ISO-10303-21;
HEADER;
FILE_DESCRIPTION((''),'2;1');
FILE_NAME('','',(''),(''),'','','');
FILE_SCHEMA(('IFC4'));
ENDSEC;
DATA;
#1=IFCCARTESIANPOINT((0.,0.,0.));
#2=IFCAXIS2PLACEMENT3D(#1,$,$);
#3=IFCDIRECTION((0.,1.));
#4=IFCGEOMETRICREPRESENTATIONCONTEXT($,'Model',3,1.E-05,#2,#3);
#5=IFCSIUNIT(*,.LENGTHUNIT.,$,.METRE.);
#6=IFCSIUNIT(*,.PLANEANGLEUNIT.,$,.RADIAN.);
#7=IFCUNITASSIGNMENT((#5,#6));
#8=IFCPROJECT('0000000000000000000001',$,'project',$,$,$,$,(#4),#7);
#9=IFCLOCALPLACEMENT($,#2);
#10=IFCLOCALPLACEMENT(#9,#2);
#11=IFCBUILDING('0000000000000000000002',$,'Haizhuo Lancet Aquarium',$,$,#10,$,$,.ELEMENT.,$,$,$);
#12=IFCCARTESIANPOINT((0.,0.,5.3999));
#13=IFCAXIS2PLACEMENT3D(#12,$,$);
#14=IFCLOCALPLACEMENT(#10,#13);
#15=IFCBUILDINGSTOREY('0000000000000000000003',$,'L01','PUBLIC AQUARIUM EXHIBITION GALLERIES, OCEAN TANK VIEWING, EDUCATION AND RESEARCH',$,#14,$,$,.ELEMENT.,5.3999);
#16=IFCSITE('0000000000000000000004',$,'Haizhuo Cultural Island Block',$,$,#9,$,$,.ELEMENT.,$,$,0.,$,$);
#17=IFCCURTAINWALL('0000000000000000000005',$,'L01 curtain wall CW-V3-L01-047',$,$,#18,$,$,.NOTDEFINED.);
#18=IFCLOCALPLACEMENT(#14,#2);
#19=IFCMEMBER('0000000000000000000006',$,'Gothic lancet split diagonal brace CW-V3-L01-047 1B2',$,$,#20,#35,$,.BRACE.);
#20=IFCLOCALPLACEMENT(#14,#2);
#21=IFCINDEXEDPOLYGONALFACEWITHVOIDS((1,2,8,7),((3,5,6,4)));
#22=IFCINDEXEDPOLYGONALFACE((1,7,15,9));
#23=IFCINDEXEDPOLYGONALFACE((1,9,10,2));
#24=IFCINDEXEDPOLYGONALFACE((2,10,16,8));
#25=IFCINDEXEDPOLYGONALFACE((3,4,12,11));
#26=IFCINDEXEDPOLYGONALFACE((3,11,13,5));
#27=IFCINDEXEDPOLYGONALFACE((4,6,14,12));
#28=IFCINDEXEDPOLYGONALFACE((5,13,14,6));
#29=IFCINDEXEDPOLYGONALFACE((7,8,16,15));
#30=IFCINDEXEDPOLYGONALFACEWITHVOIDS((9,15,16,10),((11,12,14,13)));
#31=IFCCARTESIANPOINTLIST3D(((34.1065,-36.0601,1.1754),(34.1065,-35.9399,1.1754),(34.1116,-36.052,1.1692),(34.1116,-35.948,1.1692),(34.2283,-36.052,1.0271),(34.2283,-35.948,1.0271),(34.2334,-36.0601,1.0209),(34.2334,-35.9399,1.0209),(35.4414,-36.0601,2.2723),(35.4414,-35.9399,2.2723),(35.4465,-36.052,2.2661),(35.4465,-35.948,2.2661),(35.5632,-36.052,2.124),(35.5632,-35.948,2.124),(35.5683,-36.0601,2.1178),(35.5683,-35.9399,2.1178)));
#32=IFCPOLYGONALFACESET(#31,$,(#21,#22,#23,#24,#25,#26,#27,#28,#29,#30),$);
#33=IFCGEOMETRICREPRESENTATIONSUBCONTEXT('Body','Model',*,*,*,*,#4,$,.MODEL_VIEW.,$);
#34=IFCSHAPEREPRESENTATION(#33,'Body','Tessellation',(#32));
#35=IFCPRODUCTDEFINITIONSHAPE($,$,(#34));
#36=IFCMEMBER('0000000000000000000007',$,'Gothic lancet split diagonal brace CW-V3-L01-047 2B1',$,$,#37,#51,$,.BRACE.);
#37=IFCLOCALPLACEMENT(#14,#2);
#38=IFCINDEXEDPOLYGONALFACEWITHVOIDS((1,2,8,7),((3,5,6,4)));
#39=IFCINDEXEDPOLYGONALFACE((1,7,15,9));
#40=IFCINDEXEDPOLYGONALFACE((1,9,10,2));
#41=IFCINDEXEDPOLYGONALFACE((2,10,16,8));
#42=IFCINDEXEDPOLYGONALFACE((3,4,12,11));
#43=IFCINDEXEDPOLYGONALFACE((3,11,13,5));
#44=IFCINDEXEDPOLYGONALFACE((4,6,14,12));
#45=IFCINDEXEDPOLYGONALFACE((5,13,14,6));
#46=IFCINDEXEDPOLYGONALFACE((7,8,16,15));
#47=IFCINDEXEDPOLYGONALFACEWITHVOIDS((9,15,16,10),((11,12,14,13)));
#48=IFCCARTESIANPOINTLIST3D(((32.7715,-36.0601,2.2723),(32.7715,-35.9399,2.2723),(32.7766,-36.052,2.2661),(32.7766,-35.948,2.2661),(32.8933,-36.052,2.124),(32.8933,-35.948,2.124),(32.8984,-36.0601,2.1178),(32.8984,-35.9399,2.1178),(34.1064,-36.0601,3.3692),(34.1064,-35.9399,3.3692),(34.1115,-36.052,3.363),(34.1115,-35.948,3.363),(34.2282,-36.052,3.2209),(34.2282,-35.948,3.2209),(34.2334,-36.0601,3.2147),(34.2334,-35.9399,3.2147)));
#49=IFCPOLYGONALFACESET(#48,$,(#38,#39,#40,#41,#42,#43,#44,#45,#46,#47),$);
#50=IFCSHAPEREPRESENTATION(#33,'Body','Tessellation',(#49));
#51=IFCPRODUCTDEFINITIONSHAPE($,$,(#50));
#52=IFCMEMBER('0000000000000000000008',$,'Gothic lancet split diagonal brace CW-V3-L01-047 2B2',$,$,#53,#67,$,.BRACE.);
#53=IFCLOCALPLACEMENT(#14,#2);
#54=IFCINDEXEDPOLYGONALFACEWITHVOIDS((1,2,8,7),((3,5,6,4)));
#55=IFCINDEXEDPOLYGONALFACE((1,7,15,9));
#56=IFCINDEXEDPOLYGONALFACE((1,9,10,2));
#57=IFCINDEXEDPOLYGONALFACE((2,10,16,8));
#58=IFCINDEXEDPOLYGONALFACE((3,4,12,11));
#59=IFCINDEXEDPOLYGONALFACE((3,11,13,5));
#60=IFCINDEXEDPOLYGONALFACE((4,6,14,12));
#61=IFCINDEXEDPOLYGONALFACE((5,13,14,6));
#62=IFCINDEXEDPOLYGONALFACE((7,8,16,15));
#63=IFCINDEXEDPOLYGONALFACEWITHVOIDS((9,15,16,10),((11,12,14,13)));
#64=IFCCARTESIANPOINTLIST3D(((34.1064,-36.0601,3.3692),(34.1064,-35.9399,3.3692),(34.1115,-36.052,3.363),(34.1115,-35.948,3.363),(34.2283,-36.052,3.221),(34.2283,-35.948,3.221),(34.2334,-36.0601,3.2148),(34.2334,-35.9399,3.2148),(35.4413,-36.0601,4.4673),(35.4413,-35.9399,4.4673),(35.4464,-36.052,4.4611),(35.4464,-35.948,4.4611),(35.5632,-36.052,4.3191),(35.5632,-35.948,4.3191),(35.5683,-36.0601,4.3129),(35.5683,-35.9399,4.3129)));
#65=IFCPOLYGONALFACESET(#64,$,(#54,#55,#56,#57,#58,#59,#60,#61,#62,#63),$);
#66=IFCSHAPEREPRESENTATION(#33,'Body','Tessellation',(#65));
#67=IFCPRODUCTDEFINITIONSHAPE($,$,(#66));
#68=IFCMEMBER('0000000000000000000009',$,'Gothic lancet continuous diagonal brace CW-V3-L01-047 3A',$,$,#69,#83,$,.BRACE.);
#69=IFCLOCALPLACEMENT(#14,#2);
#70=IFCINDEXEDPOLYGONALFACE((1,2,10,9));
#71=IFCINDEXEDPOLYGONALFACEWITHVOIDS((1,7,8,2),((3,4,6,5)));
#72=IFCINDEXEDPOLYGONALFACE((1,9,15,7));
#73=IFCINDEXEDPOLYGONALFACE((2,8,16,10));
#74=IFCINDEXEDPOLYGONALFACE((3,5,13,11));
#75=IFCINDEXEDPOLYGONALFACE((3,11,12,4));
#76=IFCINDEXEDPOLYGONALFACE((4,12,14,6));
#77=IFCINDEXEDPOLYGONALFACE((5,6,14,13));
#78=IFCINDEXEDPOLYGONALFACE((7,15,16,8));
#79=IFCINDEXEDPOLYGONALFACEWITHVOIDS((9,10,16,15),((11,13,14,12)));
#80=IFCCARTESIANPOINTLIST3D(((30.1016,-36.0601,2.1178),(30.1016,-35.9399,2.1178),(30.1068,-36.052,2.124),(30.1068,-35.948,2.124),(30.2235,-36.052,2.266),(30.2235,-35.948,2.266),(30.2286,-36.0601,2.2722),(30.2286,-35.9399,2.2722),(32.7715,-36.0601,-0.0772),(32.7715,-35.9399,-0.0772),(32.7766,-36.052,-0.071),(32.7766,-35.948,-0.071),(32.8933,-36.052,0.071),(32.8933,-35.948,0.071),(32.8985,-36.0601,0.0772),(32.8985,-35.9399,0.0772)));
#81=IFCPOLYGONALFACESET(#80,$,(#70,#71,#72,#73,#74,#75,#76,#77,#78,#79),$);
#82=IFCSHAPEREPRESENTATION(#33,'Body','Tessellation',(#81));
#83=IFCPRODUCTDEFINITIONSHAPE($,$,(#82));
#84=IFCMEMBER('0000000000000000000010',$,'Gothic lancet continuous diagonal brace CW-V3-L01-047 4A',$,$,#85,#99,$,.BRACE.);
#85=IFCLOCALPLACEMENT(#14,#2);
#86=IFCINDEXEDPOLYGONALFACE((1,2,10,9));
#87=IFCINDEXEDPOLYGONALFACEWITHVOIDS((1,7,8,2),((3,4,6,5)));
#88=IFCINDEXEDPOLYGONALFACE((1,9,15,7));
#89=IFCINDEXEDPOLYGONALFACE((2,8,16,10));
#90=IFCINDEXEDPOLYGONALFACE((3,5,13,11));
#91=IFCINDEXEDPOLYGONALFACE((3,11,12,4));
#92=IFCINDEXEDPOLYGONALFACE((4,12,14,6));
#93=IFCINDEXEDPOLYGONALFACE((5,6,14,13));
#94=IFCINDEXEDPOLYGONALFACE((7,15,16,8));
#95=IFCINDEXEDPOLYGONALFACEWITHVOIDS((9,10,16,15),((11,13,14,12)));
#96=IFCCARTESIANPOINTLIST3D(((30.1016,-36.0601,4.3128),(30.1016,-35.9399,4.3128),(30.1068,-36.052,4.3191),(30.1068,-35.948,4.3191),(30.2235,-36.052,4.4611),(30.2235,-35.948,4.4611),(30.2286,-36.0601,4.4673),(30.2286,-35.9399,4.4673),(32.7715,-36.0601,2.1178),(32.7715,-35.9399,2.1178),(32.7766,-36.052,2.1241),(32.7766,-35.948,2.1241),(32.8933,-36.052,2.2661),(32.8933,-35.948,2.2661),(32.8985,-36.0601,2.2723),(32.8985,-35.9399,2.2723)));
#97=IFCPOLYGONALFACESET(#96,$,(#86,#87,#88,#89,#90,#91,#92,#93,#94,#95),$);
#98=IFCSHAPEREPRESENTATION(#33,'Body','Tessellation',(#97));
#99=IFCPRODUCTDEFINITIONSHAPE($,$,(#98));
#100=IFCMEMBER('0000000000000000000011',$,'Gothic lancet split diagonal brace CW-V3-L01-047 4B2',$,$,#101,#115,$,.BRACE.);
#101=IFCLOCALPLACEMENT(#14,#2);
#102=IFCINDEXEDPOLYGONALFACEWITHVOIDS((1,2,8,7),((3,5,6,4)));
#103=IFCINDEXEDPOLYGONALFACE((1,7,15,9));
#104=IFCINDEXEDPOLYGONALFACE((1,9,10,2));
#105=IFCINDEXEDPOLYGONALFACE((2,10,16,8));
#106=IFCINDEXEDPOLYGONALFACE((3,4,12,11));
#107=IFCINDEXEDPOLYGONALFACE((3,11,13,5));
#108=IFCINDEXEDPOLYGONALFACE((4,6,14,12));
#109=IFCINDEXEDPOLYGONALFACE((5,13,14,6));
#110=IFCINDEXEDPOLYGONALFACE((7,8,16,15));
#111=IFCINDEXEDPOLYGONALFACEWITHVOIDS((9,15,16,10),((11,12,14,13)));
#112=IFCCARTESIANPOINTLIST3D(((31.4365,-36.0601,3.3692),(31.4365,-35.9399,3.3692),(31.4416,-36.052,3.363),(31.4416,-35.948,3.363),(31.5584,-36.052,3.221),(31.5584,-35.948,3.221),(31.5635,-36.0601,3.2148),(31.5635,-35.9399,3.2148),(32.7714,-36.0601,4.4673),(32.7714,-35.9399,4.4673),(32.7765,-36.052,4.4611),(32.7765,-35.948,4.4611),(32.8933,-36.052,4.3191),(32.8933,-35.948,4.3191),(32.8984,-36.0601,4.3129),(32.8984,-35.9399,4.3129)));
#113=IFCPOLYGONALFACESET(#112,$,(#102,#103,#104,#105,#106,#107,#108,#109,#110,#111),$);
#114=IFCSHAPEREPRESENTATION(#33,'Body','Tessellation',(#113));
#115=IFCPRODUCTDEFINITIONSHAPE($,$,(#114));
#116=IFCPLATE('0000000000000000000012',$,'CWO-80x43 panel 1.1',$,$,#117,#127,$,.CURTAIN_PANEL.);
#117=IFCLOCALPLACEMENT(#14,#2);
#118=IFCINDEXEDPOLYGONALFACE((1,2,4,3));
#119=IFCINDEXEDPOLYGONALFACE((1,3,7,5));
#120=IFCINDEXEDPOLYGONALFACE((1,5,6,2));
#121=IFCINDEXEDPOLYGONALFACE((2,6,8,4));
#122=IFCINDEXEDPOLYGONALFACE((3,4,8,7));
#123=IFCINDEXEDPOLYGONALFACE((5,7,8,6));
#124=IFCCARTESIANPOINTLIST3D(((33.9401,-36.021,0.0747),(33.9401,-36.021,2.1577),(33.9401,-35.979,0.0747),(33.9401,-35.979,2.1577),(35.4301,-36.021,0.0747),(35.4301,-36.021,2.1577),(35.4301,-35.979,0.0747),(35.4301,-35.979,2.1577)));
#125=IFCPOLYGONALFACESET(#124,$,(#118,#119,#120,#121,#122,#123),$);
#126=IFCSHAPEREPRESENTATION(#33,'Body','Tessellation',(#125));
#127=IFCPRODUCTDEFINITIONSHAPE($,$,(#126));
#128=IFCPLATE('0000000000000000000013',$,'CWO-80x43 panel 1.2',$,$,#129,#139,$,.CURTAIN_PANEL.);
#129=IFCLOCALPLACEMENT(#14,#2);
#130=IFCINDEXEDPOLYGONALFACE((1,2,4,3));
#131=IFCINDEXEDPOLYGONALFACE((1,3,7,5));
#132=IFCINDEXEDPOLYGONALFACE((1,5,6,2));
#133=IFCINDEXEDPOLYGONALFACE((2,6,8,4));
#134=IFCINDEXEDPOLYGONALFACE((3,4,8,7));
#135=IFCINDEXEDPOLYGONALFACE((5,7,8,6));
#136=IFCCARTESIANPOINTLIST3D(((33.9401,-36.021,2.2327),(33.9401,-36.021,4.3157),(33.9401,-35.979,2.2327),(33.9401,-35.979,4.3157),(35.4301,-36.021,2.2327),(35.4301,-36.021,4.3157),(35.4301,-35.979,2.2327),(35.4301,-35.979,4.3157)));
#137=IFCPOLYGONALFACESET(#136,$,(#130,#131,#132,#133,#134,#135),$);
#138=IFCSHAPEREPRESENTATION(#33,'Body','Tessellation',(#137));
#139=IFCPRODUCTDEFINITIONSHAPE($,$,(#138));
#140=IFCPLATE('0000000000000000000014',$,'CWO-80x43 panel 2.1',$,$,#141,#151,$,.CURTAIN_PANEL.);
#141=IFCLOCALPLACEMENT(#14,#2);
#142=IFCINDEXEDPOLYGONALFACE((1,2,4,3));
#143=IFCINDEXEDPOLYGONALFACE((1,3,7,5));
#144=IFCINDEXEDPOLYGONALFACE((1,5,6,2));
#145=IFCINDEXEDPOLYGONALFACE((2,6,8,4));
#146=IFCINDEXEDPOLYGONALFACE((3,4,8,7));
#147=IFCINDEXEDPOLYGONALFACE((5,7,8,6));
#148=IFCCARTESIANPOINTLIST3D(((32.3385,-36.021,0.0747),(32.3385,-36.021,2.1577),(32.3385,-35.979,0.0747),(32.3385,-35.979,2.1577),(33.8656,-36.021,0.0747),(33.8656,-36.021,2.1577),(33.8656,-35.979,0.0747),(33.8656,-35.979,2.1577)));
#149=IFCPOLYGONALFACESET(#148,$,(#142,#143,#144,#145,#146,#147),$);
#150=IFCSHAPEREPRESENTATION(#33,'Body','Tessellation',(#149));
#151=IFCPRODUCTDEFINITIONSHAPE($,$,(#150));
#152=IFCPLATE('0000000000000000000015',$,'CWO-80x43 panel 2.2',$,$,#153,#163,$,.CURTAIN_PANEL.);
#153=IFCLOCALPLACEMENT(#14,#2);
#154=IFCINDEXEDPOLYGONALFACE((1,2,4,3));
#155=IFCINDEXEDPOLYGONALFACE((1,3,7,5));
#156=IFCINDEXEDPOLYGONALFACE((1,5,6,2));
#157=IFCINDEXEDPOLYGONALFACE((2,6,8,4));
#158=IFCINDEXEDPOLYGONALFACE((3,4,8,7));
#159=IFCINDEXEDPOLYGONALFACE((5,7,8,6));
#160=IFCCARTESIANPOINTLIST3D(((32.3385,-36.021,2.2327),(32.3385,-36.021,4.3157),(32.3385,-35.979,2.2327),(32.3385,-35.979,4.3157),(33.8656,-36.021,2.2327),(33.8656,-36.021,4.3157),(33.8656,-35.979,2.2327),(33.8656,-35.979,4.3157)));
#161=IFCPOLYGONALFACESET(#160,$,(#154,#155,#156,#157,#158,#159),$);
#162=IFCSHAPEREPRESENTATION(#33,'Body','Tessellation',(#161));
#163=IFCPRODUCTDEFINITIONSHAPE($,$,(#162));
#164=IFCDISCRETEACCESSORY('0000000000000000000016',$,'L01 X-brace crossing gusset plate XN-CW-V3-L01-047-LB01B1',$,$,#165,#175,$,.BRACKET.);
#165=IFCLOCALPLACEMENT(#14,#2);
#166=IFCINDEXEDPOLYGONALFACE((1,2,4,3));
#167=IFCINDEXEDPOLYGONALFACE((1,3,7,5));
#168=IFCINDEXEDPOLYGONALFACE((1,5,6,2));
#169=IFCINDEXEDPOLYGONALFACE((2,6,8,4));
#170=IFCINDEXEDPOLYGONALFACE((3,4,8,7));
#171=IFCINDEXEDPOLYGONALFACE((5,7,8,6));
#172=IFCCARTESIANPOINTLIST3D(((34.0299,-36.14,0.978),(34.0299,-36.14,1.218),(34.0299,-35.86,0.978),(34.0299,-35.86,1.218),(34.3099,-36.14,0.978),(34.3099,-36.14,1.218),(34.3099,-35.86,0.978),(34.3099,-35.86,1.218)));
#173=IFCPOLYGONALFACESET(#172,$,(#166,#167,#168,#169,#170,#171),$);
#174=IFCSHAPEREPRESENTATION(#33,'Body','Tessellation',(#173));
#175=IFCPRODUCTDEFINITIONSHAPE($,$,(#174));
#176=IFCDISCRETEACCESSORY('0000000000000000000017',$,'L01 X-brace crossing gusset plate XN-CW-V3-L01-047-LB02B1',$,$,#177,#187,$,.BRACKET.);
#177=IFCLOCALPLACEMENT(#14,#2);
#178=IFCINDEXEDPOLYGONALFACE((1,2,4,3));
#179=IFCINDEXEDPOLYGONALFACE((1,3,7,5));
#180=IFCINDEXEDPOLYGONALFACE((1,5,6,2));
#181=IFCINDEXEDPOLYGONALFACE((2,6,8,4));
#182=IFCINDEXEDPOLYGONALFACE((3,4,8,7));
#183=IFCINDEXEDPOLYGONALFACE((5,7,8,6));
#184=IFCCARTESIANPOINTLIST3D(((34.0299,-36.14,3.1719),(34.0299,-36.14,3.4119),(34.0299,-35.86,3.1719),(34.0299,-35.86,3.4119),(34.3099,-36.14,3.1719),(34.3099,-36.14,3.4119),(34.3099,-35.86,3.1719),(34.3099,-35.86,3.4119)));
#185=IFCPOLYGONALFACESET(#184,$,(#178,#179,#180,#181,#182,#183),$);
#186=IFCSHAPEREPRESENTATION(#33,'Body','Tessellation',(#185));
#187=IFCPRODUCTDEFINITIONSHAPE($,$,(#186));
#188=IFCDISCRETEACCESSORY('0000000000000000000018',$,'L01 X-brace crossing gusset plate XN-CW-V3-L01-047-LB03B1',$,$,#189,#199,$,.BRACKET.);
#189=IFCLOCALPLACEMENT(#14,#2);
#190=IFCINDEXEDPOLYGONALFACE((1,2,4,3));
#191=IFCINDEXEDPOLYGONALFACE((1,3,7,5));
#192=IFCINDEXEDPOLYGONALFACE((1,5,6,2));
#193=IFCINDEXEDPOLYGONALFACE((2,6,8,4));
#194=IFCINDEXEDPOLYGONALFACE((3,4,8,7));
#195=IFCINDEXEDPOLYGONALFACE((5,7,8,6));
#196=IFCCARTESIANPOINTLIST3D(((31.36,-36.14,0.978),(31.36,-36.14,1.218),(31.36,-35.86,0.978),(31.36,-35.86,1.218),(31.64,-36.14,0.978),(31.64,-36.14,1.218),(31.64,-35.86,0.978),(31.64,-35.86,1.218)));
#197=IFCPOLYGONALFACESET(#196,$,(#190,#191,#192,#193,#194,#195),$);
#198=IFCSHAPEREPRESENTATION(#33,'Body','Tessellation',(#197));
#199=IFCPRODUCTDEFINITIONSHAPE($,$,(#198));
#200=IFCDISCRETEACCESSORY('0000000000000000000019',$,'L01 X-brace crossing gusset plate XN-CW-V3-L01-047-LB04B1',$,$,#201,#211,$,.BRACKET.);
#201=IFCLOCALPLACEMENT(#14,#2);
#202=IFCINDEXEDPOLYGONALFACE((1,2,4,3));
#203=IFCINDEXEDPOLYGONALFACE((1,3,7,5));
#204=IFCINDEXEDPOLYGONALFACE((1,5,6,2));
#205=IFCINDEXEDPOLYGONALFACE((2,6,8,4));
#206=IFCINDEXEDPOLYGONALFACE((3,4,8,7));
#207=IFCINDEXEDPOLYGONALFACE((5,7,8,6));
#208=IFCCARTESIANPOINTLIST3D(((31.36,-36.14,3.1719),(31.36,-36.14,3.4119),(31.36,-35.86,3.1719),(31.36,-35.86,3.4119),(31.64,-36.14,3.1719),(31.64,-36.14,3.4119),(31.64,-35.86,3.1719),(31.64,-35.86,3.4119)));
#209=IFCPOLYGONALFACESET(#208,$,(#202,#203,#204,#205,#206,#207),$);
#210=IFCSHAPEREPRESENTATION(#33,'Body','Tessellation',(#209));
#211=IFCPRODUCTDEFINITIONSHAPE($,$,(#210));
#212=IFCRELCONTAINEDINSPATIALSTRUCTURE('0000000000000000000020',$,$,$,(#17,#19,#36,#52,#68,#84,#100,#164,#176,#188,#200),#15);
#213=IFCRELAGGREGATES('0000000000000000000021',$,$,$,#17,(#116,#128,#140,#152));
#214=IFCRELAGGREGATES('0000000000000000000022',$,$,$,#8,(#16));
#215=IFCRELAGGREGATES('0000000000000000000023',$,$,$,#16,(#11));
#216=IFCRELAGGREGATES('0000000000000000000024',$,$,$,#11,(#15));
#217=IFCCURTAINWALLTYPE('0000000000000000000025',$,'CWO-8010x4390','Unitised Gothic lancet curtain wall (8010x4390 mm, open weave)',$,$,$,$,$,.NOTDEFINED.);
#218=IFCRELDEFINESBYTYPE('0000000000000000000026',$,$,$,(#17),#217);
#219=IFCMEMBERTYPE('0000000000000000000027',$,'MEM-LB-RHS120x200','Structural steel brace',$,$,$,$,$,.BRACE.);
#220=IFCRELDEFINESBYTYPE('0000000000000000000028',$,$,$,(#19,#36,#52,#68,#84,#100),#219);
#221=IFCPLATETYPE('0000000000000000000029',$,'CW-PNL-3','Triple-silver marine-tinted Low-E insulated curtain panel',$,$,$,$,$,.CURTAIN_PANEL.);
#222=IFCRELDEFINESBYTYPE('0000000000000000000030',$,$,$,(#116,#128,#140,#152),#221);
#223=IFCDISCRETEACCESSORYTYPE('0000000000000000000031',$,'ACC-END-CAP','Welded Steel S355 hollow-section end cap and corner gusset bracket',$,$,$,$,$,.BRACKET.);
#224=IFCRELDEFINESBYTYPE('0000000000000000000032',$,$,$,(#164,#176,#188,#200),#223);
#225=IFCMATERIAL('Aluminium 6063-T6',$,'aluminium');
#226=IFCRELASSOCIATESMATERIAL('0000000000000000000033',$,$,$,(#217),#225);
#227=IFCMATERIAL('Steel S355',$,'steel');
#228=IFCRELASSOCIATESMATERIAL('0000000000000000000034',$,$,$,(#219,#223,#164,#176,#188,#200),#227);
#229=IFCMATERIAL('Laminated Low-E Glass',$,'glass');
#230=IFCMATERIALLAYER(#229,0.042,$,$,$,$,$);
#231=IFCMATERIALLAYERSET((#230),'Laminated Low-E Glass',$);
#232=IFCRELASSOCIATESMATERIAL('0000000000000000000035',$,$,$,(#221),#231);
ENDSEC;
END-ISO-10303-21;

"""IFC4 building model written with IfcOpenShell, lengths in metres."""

from ifc_helpers import new_model, si_unit, direction, frame, origin, origin_2d, place, context, subcontext, project, spatial, rectangle, hollow_rectangle, extrude, material, layer, layer_set, material_profile, profile_set, type_object, element, aggregate, save


model = new_model("IFC4")

# Units and contexts
model_context = context("Model", 3, precision=1e-05, world=origin(), true_north=direction((0.0, 1.0)))
body_context = subcontext(model_context, "Body", "Model", "MODEL_VIEW")
ifc_project = project(units=[si_unit("LENGTHUNIT", "METRE"), si_unit("PLANEANGLEUNIT", "RADIAN")], contexts=[model_context])

# Site, building, storey
site_placement = place(None, origin())
site = spatial("IfcSite", under=ifc_project, at=site_placement, Name="Haizhuo Cultural Island Block", CompositionType="ELEMENT", RefElevation=0.0)
building_placement = place(site_placement, origin())
building = spatial("IfcBuilding", under=site, at=building_placement, Name="Haizhuo Lancet Aquarium", CompositionType="ELEMENT")
storey_placement = place(building_placement, frame((0.0, 0.0, 5.3999)))
storey = spatial("IfcBuildingStorey", under=building, at=storey_placement, Name="L01", Description="PUBLIC AQUARIUM EXHIBITION GALLERIES, OCEAN TANK VIEWING, EDUCATION AND RESEARCH", CompositionType="ELEMENT", Elevation=5.3999)

# Curtain wall
ifc_material_1 = material(Name="Aluminium 6063-T6", Category="aluminium")
curtain_wall_type = type_object("IfcCurtainWallType", Name="CWO-8010x4390", Description="Unitised Gothic lancet curtain wall (8010x4390 mm, open weave)", PredefinedType="NOTDEFINED", material=ifc_material_1)
curtain_wall_placement = place(storey_placement, origin())
curtain_wall = element("IfcCurtainWall", 1, at=curtain_wall_placement, inside=storey, type_object=curtain_wall_type, Name="L01 curtain wall CW-V3-L01-047", PredefinedType="NOTDEFINED")

# Members
ifc_material_2 = material(Name="Steel S355", Category="steel")
ifc_material_profile_1 = material_profile(ifc_material_2, hollow_rectangle(XDim=0.1201, YDim=0.2, WallThickness=0.0081, at=origin_2d()), Name="RHS 120x200x8")
ifc_profile_set_1 = profile_set([ifc_material_profile_1], Name="Steel S355")
member_type_1 = type_object("IfcMemberType", Name="MEM-LB-RHS120x200", Description="Structural steel brace", PredefinedType="BRACE", material=ifc_profile_set_1)
for number, where, z_axis, x_axis, name in (
    (2, (34.1699, -36.0, 1.0981), (0.772627, 0.0, 0.63486), (0.0, 1.0, 0.0), "Gothic lancet split diagonal brace CW-V3-L01-047 1B2"),
    (3, (32.835, -36.0, 2.1951), (0.772627, 0.0, 0.63486), (0.0, 1.0, 0.0), "Gothic lancet split diagonal brace CW-V3-L01-047 2B1"),
):
    element("IfcMember", number, at=place(storey_placement, frame(where, z_axis=z_axis, x_axis=x_axis)), inside=storey, type_object=member_type_1, Name=name, PredefinedType="BRACE", context=body_context, shape_type="SweptSolid", body=[
        extrude(hollow_rectangle(XDim=0.1201, YDim=0.2, WallThickness=0.0081, at=origin_2d()), origin(), (0.0, 0.0, 1.0), 1.7278),
    ])
member_1_placement = place(storey_placement, frame((34.1699, -36.0, 3.292), z_axis=(0.772281, 0.0, 0.635281), x_axis=(0.0, 1.0, 0.0)))
element("IfcMember", 4, at=member_1_placement, inside=storey, type_object=member_type_1, Name="Gothic lancet split diagonal brace CW-V3-L01-047 2B2", PredefinedType="BRACE", context=body_context, shape_type="SweptSolid", body=[
    extrude(hollow_rectangle(XDim=0.1201, YDim=0.2, WallThickness=0.0081, at=origin_2d()), origin(), (0.0, 0.0, 1.0), 1.7285),
])
for number, where, z_axis, x_axis, name in (
    (5, (32.835, -36.0, 0.0), (-0.772454, 0.0, 0.635071), (0.0, -1.0, 0.0), "Gothic lancet continuous diagonal brace CW-V3-L01-047 3A"),
    (6, (32.835, -36.0, 2.1951), (-0.772454, 0.0, 0.635071), (0.0, -1.0, 0.0), "Gothic lancet continuous diagonal brace CW-V3-L01-047 4A"),
):
    element("IfcMember", number, at=place(storey_placement, frame(where, z_axis=z_axis, x_axis=x_axis)), inside=storey, type_object=member_type_1, Name=name, PredefinedType="BRACE", context=body_context, shape_type="SweptSolid", body=[
        extrude(hollow_rectangle(XDim=0.1201, YDim=0.2, WallThickness=0.0081, at=origin_2d()), origin(), (0.0, 0.0, 1.0), 3.4563),
    ])
member_2_placement = place(storey_placement, frame((31.5, -36.0, 3.292), z_axis=(0.772281, 0.0, 0.635281), x_axis=(0.0, 1.0, 0.0)))
element("IfcMember", 7, at=member_2_placement, inside=storey, type_object=member_type_1, Name="Gothic lancet split diagonal brace CW-V3-L01-047 4B2", PredefinedType="BRACE", context=body_context, shape_type="SweptSolid", body=[
    extrude(hollow_rectangle(XDim=0.1201, YDim=0.2, WallThickness=0.0081, at=origin_2d()), origin(), (0.0, 0.0, 1.0), 1.7285),
])

# Plates
ifc_material_3 = material(Name="Laminated Low-E Glass", Category="glass")
ifc_layer = layer(ifc_material_3, 0.042)
ifc_layer_set = layer_set([ifc_layer], Name="Laminated Low-E Glass")
plate_type = type_object("IfcPlateType", Name="CW-PNL-3", Description="Triple-silver marine-tinted Low-E insulated curtain panel", PredefinedType="CURTAIN_PANEL", material=ifc_layer_set)
plate_1_placement = place(storey_placement, frame((34.6851, -36.0, 0.0747), z_axis=(0.0, 0.0, 1.0), x_axis=(-1.0, 0.0, 0.0)))
plate_1 = element("IfcPlate", 8, at=plate_1_placement, type_object=plate_type, Name="CWO-80x43 panel 1.1", PredefinedType="CURTAIN_PANEL", context=body_context, shape_type="SweptSolid", body=[
    extrude(rectangle(XDim=1.49, YDim=0.042, at=origin_2d()), origin(), (0.0, 0.0, 1.0), 2.083),
])
plate_2_placement = place(storey_placement, frame((34.6851, -36.0, 2.2327), z_axis=(0.0, 0.0, 1.0), x_axis=(-1.0, 0.0, 0.0)))
plate_2 = element("IfcPlate", 9, at=plate_2_placement, type_object=plate_type, Name="CWO-80x43 panel 1.2", PredefinedType="CURTAIN_PANEL", context=body_context, shape_type="SweptSolid", body=[
    extrude(rectangle(XDim=1.49, YDim=0.042, at=origin_2d()), origin(), (0.0, 0.0, 1.0), 2.083),
])
plate_3_placement = place(storey_placement, frame((33.1021, -36.0, 0.0747), z_axis=(0.0, 0.0, 1.0), x_axis=(-1.0, 0.0, 0.0)))
plate_3 = element("IfcPlate", 10, at=plate_3_placement, type_object=plate_type, Name="CWO-80x43 panel 2.1", PredefinedType="CURTAIN_PANEL", context=body_context, shape_type="SweptSolid", body=[
    extrude(rectangle(XDim=1.5271, YDim=0.042, at=origin_2d()), origin(), (0.0, 0.0, 1.0), 2.083),
])
plate_4_placement = place(storey_placement, frame((33.1021, -36.0, 2.2327), z_axis=(0.0, 0.0, 1.0), x_axis=(-1.0, 0.0, 0.0)))
plate_4 = element("IfcPlate", 11, at=plate_4_placement, type_object=plate_type, Name="CWO-80x43 panel 2.2", PredefinedType="CURTAIN_PANEL", context=body_context, shape_type="SweptSolid", body=[
    extrude(rectangle(XDim=1.5271, YDim=0.042, at=origin_2d()), origin(), (0.0, 0.0, 1.0), 2.083),
])
aggregate(curtain_wall, [plate_1, plate_2, plate_3, plate_4])

# Discrete accessories
discrete_accessory_type = type_object("IfcDiscreteAccessoryType", Name="ACC-END-CAP", Description="Welded Steel S355 hollow-section end cap and corner gusset bracket", PredefinedType="BRACKET", material=ifc_material_2)
for number, where, z_axis, x_axis, name in (
    (12, (34.1699, -36.0, 0.978), (0.0, 0.0, 1.0), (1.0, 0.0, 0.0), "L01 X-brace crossing gusset plate XN-CW-V3-L01-047-LB01B1"),
    (13, (34.1699, -36.0, 3.1719), (0.0, 0.0, 1.0), (1.0, 0.0, 0.0), "L01 X-brace crossing gusset plate XN-CW-V3-L01-047-LB02B1"),
    (14, (31.5, -36.0, 0.978), (0.0, 0.0, 1.0), (1.0, 0.0, 0.0), "L01 X-brace crossing gusset plate XN-CW-V3-L01-047-LB03B1"),
    (15, (31.5, -36.0, 3.1719), (0.0, 0.0, 1.0), (1.0, 0.0, 0.0), "L01 X-brace crossing gusset plate XN-CW-V3-L01-047-LB04B1"),
):
    element("IfcDiscreteAccessory", number, at=place(storey_placement, frame(where, z_axis=z_axis, x_axis=x_axis)), inside=storey, type_object=discrete_accessory_type, material=ifc_material_2, Name=name, PredefinedType="BRACKET", context=body_context, shape_type="SweptSolid", body=[
        extrude(rectangle(XDim=0.28, YDim=0.28, at=origin_2d()), origin(), (0.0, 0.0, 1.0), 0.24),
    ])

save(model, "model.ifc")
